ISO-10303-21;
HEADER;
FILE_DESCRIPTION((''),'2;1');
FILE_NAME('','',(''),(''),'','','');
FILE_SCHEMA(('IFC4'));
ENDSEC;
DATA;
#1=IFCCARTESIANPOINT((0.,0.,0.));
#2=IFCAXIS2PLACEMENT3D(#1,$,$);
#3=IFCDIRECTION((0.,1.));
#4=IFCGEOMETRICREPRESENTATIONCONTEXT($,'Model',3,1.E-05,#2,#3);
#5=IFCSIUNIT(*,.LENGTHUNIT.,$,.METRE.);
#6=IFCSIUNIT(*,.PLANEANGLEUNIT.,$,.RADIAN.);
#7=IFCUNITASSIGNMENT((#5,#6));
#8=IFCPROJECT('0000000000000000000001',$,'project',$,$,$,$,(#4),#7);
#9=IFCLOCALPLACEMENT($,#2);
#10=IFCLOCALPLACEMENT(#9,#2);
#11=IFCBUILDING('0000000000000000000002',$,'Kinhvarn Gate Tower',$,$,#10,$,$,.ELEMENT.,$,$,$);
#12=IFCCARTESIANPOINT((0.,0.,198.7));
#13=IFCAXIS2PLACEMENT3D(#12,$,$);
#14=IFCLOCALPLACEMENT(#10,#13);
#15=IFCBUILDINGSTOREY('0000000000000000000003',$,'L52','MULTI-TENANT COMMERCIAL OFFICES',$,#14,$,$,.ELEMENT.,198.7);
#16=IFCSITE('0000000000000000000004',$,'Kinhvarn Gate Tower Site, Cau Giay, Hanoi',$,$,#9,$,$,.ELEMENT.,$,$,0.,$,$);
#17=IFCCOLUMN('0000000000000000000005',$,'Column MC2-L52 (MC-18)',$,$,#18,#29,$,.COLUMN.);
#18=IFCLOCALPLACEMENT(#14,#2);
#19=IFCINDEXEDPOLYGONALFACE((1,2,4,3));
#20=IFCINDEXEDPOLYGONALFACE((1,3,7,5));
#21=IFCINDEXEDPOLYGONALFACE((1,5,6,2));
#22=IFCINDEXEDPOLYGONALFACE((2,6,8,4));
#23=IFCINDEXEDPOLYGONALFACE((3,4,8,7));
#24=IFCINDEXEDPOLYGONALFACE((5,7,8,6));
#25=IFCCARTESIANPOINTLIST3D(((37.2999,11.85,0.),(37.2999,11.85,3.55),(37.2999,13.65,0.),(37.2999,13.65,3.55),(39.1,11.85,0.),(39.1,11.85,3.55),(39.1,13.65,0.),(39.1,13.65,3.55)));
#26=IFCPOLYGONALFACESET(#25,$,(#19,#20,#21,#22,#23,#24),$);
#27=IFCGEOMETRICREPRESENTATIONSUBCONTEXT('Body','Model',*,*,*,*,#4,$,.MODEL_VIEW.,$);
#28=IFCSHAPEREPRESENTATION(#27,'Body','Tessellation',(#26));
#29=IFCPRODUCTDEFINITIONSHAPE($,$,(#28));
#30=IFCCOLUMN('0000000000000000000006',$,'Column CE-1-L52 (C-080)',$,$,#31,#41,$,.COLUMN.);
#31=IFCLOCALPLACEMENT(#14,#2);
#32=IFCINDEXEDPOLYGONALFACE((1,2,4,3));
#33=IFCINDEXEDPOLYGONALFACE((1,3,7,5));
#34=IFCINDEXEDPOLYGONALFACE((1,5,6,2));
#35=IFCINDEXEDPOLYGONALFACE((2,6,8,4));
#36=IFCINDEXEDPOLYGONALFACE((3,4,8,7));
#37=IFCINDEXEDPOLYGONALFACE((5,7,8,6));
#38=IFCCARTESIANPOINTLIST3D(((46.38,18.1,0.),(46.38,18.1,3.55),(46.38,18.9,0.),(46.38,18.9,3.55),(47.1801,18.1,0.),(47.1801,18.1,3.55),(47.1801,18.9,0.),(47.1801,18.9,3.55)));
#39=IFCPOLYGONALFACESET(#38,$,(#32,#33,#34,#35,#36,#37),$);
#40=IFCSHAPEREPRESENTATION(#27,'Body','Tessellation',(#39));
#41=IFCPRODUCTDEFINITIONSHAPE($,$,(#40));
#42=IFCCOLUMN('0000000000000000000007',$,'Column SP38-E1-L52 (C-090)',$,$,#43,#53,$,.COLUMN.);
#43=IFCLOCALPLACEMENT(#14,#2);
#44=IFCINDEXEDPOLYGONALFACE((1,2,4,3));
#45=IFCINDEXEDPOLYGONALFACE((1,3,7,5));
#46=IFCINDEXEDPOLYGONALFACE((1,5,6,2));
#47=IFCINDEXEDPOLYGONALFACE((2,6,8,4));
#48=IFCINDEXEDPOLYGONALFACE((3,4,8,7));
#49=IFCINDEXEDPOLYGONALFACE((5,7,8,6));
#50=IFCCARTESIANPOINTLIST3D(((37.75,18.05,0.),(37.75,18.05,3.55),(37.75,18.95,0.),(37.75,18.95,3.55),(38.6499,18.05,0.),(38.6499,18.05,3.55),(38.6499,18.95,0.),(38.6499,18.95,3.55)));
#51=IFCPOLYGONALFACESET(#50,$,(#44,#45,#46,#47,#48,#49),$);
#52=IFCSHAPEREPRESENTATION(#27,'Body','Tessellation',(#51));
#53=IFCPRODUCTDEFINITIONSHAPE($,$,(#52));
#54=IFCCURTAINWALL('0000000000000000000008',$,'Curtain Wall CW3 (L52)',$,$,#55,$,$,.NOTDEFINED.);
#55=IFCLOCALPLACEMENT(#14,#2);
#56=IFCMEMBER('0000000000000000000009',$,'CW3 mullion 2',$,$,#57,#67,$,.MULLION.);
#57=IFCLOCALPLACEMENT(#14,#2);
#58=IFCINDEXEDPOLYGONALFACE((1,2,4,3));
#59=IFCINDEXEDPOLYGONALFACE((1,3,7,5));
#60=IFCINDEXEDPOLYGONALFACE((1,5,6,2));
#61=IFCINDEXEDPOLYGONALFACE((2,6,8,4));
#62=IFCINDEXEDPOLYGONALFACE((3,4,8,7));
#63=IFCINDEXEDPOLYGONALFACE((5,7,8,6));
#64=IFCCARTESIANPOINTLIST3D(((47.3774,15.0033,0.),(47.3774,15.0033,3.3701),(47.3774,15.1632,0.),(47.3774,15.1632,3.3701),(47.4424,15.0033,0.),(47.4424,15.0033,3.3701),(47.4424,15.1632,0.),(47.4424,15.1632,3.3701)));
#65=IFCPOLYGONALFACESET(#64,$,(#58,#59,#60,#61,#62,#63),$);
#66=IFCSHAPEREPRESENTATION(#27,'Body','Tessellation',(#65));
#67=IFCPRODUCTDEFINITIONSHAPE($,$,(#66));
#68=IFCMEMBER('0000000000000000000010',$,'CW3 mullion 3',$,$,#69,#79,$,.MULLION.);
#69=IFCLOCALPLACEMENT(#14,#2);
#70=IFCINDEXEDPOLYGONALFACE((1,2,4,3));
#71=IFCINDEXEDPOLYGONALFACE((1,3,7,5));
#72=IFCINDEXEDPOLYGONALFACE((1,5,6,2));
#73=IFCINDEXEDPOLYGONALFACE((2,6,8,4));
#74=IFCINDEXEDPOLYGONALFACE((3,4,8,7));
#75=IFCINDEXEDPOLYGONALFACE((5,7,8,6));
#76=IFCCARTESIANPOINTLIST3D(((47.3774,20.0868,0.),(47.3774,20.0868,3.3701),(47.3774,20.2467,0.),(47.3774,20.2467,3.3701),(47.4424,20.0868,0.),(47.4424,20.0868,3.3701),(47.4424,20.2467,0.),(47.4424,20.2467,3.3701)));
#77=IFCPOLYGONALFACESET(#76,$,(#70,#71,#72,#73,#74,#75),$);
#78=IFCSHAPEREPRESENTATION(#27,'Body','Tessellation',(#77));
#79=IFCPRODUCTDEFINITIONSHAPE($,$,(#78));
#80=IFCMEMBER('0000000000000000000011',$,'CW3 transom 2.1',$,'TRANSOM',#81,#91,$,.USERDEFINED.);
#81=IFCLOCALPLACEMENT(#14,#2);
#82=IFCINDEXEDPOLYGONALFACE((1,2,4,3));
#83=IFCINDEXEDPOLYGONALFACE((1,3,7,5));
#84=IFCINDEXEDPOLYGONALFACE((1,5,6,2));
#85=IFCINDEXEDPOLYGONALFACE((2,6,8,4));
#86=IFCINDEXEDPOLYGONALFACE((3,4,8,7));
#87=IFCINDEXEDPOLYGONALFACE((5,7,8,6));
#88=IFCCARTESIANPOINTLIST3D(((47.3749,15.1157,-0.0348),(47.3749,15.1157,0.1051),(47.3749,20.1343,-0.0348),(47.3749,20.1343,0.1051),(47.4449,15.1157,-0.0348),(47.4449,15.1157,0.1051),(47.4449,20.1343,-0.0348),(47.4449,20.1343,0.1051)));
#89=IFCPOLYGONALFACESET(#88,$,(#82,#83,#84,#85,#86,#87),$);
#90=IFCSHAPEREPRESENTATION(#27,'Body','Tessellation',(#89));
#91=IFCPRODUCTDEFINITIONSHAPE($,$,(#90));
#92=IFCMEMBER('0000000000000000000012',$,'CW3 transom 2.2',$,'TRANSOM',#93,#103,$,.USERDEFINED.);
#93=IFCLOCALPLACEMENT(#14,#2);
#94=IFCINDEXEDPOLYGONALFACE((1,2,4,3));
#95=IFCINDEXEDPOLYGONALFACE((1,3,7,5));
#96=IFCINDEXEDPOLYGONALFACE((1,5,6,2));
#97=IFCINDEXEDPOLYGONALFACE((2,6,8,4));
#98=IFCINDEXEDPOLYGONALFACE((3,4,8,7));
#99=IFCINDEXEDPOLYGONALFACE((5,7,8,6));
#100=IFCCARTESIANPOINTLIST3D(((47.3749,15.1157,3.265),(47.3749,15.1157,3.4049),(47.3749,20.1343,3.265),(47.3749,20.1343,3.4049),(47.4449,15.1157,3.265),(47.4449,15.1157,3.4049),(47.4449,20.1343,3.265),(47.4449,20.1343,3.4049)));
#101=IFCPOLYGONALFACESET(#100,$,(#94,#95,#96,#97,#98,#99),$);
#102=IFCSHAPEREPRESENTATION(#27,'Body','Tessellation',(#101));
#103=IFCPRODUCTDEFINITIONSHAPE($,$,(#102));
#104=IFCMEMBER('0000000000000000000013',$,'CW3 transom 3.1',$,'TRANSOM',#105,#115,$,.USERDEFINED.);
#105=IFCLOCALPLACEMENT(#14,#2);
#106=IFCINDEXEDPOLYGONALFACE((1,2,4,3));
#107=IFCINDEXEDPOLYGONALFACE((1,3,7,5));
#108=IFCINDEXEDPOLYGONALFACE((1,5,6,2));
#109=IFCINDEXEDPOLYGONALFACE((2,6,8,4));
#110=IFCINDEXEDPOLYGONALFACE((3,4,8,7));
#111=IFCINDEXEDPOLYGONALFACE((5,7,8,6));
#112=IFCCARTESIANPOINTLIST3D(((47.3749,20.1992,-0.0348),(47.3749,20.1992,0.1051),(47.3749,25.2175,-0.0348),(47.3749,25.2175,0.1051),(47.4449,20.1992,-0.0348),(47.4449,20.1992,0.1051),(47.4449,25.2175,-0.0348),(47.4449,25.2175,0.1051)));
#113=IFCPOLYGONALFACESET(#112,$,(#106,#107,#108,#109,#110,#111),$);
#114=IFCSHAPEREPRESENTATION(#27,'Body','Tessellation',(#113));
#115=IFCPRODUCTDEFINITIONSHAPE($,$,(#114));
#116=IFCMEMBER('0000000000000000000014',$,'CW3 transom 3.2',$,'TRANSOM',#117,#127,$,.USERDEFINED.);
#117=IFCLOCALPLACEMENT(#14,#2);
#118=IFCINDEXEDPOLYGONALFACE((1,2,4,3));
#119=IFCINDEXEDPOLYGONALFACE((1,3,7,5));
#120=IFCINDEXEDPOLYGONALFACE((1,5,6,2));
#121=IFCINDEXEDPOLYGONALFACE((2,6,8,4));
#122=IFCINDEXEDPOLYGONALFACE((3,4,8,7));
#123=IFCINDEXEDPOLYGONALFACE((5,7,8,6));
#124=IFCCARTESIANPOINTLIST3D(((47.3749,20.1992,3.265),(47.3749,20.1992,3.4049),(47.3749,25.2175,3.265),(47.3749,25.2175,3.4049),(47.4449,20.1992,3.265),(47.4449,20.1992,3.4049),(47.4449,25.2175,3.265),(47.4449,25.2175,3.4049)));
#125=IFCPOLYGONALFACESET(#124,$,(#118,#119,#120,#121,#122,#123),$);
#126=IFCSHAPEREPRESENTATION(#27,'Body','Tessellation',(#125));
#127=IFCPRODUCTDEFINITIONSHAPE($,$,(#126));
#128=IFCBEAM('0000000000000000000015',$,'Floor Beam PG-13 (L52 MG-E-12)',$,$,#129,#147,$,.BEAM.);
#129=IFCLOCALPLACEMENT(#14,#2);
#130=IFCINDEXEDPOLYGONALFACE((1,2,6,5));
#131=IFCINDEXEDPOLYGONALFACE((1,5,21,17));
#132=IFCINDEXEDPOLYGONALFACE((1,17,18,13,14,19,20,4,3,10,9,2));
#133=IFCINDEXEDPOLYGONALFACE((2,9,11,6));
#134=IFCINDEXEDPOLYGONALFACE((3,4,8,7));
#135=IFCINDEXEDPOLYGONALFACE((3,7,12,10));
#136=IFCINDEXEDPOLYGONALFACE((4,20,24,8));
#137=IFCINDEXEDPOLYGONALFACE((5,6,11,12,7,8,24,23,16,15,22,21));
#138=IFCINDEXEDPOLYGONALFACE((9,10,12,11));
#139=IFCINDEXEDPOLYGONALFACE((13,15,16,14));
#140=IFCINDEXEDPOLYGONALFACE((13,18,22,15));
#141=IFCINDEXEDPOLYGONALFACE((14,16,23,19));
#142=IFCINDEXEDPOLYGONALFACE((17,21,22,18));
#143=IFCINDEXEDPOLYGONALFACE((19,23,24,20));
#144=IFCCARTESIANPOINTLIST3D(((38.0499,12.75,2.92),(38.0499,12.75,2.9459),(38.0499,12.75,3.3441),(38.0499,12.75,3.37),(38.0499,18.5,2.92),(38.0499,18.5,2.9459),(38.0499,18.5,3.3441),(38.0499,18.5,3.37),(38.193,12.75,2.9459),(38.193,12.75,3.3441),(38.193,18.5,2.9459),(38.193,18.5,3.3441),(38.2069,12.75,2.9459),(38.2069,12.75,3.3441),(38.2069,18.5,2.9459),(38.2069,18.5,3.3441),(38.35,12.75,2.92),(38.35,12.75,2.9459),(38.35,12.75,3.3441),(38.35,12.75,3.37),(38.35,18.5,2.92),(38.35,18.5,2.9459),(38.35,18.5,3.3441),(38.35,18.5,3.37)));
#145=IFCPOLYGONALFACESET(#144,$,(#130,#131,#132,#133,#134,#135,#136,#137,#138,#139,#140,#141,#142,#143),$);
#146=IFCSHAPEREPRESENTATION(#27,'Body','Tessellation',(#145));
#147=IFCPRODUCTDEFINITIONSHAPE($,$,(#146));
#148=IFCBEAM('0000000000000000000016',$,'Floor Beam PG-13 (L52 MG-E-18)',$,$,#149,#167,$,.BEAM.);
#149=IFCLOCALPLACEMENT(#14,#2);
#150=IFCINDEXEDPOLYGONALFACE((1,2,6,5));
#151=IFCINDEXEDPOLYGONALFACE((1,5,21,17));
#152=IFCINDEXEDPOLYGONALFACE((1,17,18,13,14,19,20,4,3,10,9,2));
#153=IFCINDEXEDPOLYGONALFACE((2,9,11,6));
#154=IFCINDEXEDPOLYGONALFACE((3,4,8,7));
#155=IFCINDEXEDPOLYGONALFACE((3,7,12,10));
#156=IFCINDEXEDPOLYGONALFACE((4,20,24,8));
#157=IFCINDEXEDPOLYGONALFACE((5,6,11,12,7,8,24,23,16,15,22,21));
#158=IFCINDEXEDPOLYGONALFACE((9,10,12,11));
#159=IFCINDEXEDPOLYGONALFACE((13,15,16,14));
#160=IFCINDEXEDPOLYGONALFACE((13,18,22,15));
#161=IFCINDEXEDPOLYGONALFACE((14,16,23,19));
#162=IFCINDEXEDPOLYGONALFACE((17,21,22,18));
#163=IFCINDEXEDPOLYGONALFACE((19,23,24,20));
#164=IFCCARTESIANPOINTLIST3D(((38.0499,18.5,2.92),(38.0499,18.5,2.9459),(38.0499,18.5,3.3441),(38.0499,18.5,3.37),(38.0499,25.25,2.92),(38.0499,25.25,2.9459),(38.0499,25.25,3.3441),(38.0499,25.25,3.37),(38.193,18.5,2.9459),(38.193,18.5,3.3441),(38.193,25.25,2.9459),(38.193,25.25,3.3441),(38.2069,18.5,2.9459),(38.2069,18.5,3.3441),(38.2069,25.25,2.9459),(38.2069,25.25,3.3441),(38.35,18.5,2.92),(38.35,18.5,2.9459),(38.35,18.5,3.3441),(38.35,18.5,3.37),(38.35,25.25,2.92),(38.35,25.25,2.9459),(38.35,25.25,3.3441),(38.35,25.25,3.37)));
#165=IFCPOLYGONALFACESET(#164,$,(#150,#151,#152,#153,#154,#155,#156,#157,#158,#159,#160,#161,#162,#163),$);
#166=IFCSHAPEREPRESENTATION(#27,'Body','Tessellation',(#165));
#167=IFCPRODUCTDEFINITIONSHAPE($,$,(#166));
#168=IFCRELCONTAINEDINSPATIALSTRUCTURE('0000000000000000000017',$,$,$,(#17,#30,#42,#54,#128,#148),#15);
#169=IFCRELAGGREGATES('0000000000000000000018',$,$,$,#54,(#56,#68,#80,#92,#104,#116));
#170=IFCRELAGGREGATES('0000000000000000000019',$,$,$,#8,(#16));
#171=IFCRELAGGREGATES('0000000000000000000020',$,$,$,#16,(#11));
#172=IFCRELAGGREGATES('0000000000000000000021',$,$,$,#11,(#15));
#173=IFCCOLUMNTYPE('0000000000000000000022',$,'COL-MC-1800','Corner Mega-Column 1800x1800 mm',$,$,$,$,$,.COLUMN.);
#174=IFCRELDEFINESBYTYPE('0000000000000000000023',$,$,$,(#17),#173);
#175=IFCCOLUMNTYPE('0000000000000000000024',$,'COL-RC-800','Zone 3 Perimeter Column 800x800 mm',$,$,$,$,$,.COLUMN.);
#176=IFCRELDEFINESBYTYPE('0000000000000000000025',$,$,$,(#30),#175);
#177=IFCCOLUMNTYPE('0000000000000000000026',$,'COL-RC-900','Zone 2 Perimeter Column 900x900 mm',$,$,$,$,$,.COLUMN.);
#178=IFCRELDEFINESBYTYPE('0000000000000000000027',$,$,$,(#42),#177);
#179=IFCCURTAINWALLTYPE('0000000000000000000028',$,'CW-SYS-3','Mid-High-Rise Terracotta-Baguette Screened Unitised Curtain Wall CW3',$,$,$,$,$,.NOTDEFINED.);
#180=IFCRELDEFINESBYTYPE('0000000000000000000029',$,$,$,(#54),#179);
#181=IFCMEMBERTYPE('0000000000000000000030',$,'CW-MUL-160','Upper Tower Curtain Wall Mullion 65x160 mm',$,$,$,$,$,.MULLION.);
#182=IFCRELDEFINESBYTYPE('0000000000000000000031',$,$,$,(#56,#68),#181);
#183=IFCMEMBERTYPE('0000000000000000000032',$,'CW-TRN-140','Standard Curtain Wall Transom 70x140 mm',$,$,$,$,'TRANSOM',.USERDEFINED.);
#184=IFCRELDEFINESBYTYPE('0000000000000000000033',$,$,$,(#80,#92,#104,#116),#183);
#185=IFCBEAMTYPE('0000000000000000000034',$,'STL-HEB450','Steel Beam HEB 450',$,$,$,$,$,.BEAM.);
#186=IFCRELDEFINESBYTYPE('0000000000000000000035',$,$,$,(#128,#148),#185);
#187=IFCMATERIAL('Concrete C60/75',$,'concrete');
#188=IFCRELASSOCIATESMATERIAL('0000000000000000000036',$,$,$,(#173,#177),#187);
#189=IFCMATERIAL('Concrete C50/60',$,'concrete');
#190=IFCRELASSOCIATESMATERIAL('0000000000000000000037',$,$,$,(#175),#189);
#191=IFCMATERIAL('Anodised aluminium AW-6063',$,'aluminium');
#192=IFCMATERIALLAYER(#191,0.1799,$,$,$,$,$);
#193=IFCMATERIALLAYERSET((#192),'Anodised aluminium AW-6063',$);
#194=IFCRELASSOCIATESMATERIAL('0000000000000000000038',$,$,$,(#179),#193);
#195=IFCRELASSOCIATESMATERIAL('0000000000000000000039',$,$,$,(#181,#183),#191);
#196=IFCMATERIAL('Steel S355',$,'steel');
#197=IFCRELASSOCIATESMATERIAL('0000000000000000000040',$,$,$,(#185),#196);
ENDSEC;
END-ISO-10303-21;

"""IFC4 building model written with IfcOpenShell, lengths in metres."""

from ifc_helpers import new_model, si_unit, direction, frame, origin, origin_2d, place, context, subcontext, project, spatial, rectangle, i_section, extrude, material, layer, layer_set, material_profile, profile_set, type_object, element, aggregate, save


model = new_model("IFC4")

# Units and contexts
model_context = context("Model", 3, precision=1e-05, world=origin(), true_north=direction((0.0, 1.0)))
body_context = subcontext(model_context, "Body", "Model", "MODEL_VIEW")
ifc_project = project(units=[si_unit("LENGTHUNIT", "METRE"), si_unit("PLANEANGLEUNIT", "RADIAN")], contexts=[model_context])

# Site, building, storey
site_placement = place(None, origin())
site = spatial("IfcSite", under=ifc_project, at=site_placement, Name="Kinhvarn Gate Tower Site, Cau Giay, Hanoi", CompositionType="ELEMENT", RefElevation=0.0)
building_placement = place(site_placement, origin())
building = spatial("IfcBuilding", under=site, at=building_placement, Name="Kinhvarn Gate Tower", CompositionType="ELEMENT")
storey_placement = place(building_placement, frame((0.0, 0.0, 198.7)))
storey = spatial("IfcBuildingStorey", under=building, at=storey_placement, Name="L52", Description="MULTI-TENANT COMMERCIAL OFFICES", CompositionType="ELEMENT", Elevation=198.7)

# Columns
ifc_material_1 = material(Name="Concrete C60/75", Category="concrete")
ifc_material_profile_1 = material_profile(ifc_material_1, rectangle(XDim=1.8, YDim=1.8, at=origin_2d()), Name="RC 1800x1800")
ifc_profile_set_1 = profile_set([ifc_material_profile_1], Name="Concrete C60/75")
column_type_1 = type_object("IfcColumnType", Name="COL-MC-1800", Description="Corner Mega-Column 1800x1800 mm", PredefinedType="COLUMN", material=ifc_profile_set_1)
column_1_placement = place(storey_placement, frame((38.2, 12.75, 0.0), z_axis=(0.0, 0.0, 1.0), x_axis=(1.0, 0.0, 0.0)))
element("IfcColumn", 1, at=column_1_placement, inside=storey, type_object=column_type_1, Name="Column MC2-L52 (MC-18)", PredefinedType="COLUMN", context=body_context, shape_type="SweptSolid", body=[
    extrude(rectangle(XDim=1.8, YDim=1.8, at=origin_2d()), origin(), (0.0, 0.0, 1.0), 3.55),
])
ifc_material_2 = material(Name="Concrete C50/60", Category="concrete")
ifc_material_profile_2 = material_profile(ifc_material_2, rectangle(XDim=0.8, YDim=0.8, at=origin_2d()), Name="RC 800x800")
ifc_profile_set_2 = profile_set([ifc_material_profile_2], Name="Concrete C50/60")
column_type_2 = type_object("IfcColumnType", Name="COL-RC-800", Description="Zone 3 Perimeter Column 800x800 mm", PredefinedType="COLUMN", material=ifc_profile_set_2)
column_2_placement = place(storey_placement, frame((46.78, 18.5, 0.0), z_axis=(0.0, 0.0, 1.0), x_axis=(1.0, 0.0, 0.0)))
element("IfcColumn", 2, at=column_2_placement, inside=storey, type_object=column_type_2, Name="Column CE-1-L52 (C-080)", PredefinedType="COLUMN", context=body_context, shape_type="SweptSolid", body=[
    extrude(rectangle(XDim=0.8, YDim=0.8, at=origin_2d()), origin(), (0.0, 0.0, 1.0), 3.55),
])
ifc_material_profile_3 = material_profile(ifc_material_1, rectangle(XDim=0.8999, YDim=0.8999, at=origin_2d()), Name="RC 900x900")
ifc_profile_set_3 = profile_set([ifc_material_profile_3], Name="Concrete C60/75")
column_type_3 = type_object("IfcColumnType", Name="COL-RC-900", Description="Zone 2 Perimeter Column 900x900 mm", PredefinedType="COLUMN", material=ifc_profile_set_3)
column_3_placement = place(storey_placement, frame((38.2, 18.5, 0.0), z_axis=(0.0, 0.0, 1.0), x_axis=(1.0, 0.0, 0.0)))
element("IfcColumn", 3, at=column_3_placement, inside=storey, type_object=column_type_3, Name="Column SP38-E1-L52 (C-090)", PredefinedType="COLUMN", context=body_context, shape_type="SweptSolid", body=[
    extrude(rectangle(XDim=0.8999, YDim=0.8999, at=origin_2d()), origin(), (0.0, 0.0, 1.0), 3.55),
])

# Curtain wall, members
ifc_material_3 = material(Name="Anodised aluminium AW-6063", Category="aluminium")
ifc_layer_1 = layer(ifc_material_3, 0.1799)
ifc_layer_set_1 = layer_set([ifc_layer_1], Name="Anodised aluminium AW-6063")
curtain_wall_type = type_object("IfcCurtainWallType", Name="CW-SYS-3", Description="Mid-High-Rise Terracotta-Baguette Screened Unitised Curtain Wall CW3", PredefinedType="NOTDEFINED", material=ifc_layer_set_1)
curtain_wall_placement = place(storey_placement, origin())
curtain_wall = element("IfcCurtainWall", 4, at=curtain_wall_placement, inside=storey, type_object=curtain_wall_type, Name="Curtain Wall CW3 (L52)", PredefinedType="NOTDEFINED")
ifc_material_profile_4 = material_profile(ifc_material_3, rectangle(XDim=0.0649, YDim=0.1599, at=origin_2d()), Name="ALU 65x160")
ifc_profile_set_4 = profile_set([ifc_material_profile_4], Name="Anodised aluminium AW-6063")
member_type_1 = type_object("IfcMemberType", Name="CW-MUL-160", Description="Upper Tower Curtain Wall Mullion 65x160 mm", PredefinedType="MULLION", material=ifc_profile_set_4)
member_1_placement = place(storey_placement, frame((47.4099, 15.0833, 0.0), z_axis=(0.0, 0.0, 1.0), x_axis=(-1.0, 0.0, 0.0)))
member_1 = element("IfcMember", 5, at=member_1_placement, type_object=member_type_1, Name="CW3 mullion 2", PredefinedType="MULLION", context=body_context, shape_type="SweptSolid", body=[
    extrude(rectangle(XDim=0.0649, YDim=0.1599, at=origin_2d()), origin(), (0.0, 0.0, 1.0), 3.3701),
])
member_2_placement = place(storey_placement, frame((47.4099, 20.1667, 0.0), z_axis=(0.0, 0.0, 1.0), x_axis=(-1.0, 0.0, 0.0)))
member_2 = element("IfcMember", 6, at=member_2_placement, type_object=member_type_1, Name="CW3 mullion 3", PredefinedType="MULLION", context=body_context, shape_type="SweptSolid", body=[
    extrude(rectangle(XDim=0.0649, YDim=0.1599, at=origin_2d()), origin(), (0.0, 0.0, 1.0), 3.3701),
])
ifc_material_profile_5 = material_profile(ifc_material_3, rectangle(XDim=0.0701, YDim=0.1399, at=origin_2d()), Name="ALU 70x140")
ifc_profile_set_5 = profile_set([ifc_material_profile_5], Name="Anodised aluminium AW-6063")
member_type_2 = type_object("IfcMemberType", Name="CW-TRN-140", Description="Standard Curtain Wall Transom 70x140 mm", ElementType="TRANSOM", PredefinedType="USERDEFINED", material=ifc_profile_set_5)
member_3_placement = place(storey_placement, frame((47.4099, 15.1157, 0.0352), z_axis=(0.0, 1.0, 0.0), x_axis=(-1.0, 0.0, 0.0)))
member_3 = element("IfcMember", 7, at=member_3_placement, type_object=member_type_2, Name="CW3 transom 2.1", ObjectType="TRANSOM", PredefinedType="USERDEFINED", context=body_context, shape_type="SweptSolid", body=[
    extrude(rectangle(XDim=0.0701, YDim=0.1399, at=origin_2d()), origin(), (0.0, 0.0, 1.0), 5.0186),
])
member_4_placement = place(storey_placement, frame((47.4099, 15.1157, 3.335), z_axis=(0.0, 1.0, 0.0), x_axis=(-1.0, 0.0, 0.0)))
member_4 = element("IfcMember", 8, at=member_4_placement, type_object=member_type_2, Name="CW3 transom 2.2", ObjectType="TRANSOM", PredefinedType="USERDEFINED", context=body_context, shape_type="SweptSolid", body=[
    extrude(rectangle(XDim=0.0701, YDim=0.1399, at=origin_2d()), origin(), (0.0, 0.0, 1.0), 5.0186),
])
member_5_placement = place(storey_placement, frame((47.4099, 20.1992, 0.0352), z_axis=(0.0, 1.0, 0.0), x_axis=(-1.0, 0.0, 0.0)))
member_5 = element("IfcMember", 9, at=member_5_placement, type_object=member_type_2, Name="CW3 transom 3.1", ObjectType="TRANSOM", PredefinedType="USERDEFINED", context=body_context, shape_type="SweptSolid", body=[
    extrude(rectangle(XDim=0.0701, YDim=0.1399, at=origin_2d()), origin(), (0.0, 0.0, 1.0), 5.0183),
])
member_6_placement = place(storey_placement, frame((47.4099, 20.1992, 3.335), z_axis=(0.0, 1.0, 0.0), x_axis=(-1.0, 0.0, 0.0)))
member_6 = element("IfcMember", 10, at=member_6_placement, type_object=member_type_2, Name="CW3 transom 3.2", ObjectType="TRANSOM", PredefinedType="USERDEFINED", context=body_context, shape_type="SweptSolid", body=[
    extrude(rectangle(XDim=0.0701, YDim=0.1399, at=origin_2d()), origin(), (0.0, 0.0, 1.0), 5.0183),
])

# Beams
ifc_material_4 = material(Name="Steel S355", Category="steel")
ifc_material_profile_6 = material_profile(ifc_material_4, i_section(OverallWidth=0.3, OverallDepth=0.45, WebThickness=0.0139, FlangeThickness=0.0259, at=origin_2d()), Name="HEB 450")
ifc_profile_set_6 = profile_set([ifc_material_profile_6], Name="Steel S355")
beam_type_1 = type_object("IfcBeamType", Name="STL-HEB450", Description="Steel Beam HEB 450", PredefinedType="BEAM", material=ifc_profile_set_6)
beam_1_placement = place(storey_placement, frame((38.2, 12.75, 3.145), z_axis=(0.0, 1.0, 0.0), x_axis=(-1.0, 0.0, 0.0)))
element("IfcBeam", 11, at=beam_1_placement, inside=storey, type_object=beam_type_1, Name="Floor Beam PG-13 (L52 MG-E-12)", PredefinedType="BEAM", context=body_context, shape_type="SweptSolid", body=[
    extrude(i_section(OverallWidth=0.3, OverallDepth=0.45, WebThickness=0.0139, FlangeThickness=0.0259, at=origin_2d()), origin(), (0.0, 0.0, 1.0), 5.75),
])
beam_2_placement = place(storey_placement, frame((38.2, 18.5, 3.145), z_axis=(0.0, 1.0, 0.0), x_axis=(-1.0, 0.0, 0.0)))
element("IfcBeam", 12, at=beam_2_placement, inside=storey, type_object=beam_type_1, Name="Floor Beam PG-13 (L52 MG-E-18)", PredefinedType="BEAM", context=body_context, shape_type="SweptSolid", body=[
    extrude(i_section(OverallWidth=0.3, OverallDepth=0.45, WebThickness=0.0139, FlangeThickness=0.0259, at=origin_2d()), origin(), (0.0, 0.0, 1.0), 6.75),
])

aggregate(curtain_wall, [member_1, member_2, member_3, member_4, member_5, member_6])

save(model, "model.ifc")
